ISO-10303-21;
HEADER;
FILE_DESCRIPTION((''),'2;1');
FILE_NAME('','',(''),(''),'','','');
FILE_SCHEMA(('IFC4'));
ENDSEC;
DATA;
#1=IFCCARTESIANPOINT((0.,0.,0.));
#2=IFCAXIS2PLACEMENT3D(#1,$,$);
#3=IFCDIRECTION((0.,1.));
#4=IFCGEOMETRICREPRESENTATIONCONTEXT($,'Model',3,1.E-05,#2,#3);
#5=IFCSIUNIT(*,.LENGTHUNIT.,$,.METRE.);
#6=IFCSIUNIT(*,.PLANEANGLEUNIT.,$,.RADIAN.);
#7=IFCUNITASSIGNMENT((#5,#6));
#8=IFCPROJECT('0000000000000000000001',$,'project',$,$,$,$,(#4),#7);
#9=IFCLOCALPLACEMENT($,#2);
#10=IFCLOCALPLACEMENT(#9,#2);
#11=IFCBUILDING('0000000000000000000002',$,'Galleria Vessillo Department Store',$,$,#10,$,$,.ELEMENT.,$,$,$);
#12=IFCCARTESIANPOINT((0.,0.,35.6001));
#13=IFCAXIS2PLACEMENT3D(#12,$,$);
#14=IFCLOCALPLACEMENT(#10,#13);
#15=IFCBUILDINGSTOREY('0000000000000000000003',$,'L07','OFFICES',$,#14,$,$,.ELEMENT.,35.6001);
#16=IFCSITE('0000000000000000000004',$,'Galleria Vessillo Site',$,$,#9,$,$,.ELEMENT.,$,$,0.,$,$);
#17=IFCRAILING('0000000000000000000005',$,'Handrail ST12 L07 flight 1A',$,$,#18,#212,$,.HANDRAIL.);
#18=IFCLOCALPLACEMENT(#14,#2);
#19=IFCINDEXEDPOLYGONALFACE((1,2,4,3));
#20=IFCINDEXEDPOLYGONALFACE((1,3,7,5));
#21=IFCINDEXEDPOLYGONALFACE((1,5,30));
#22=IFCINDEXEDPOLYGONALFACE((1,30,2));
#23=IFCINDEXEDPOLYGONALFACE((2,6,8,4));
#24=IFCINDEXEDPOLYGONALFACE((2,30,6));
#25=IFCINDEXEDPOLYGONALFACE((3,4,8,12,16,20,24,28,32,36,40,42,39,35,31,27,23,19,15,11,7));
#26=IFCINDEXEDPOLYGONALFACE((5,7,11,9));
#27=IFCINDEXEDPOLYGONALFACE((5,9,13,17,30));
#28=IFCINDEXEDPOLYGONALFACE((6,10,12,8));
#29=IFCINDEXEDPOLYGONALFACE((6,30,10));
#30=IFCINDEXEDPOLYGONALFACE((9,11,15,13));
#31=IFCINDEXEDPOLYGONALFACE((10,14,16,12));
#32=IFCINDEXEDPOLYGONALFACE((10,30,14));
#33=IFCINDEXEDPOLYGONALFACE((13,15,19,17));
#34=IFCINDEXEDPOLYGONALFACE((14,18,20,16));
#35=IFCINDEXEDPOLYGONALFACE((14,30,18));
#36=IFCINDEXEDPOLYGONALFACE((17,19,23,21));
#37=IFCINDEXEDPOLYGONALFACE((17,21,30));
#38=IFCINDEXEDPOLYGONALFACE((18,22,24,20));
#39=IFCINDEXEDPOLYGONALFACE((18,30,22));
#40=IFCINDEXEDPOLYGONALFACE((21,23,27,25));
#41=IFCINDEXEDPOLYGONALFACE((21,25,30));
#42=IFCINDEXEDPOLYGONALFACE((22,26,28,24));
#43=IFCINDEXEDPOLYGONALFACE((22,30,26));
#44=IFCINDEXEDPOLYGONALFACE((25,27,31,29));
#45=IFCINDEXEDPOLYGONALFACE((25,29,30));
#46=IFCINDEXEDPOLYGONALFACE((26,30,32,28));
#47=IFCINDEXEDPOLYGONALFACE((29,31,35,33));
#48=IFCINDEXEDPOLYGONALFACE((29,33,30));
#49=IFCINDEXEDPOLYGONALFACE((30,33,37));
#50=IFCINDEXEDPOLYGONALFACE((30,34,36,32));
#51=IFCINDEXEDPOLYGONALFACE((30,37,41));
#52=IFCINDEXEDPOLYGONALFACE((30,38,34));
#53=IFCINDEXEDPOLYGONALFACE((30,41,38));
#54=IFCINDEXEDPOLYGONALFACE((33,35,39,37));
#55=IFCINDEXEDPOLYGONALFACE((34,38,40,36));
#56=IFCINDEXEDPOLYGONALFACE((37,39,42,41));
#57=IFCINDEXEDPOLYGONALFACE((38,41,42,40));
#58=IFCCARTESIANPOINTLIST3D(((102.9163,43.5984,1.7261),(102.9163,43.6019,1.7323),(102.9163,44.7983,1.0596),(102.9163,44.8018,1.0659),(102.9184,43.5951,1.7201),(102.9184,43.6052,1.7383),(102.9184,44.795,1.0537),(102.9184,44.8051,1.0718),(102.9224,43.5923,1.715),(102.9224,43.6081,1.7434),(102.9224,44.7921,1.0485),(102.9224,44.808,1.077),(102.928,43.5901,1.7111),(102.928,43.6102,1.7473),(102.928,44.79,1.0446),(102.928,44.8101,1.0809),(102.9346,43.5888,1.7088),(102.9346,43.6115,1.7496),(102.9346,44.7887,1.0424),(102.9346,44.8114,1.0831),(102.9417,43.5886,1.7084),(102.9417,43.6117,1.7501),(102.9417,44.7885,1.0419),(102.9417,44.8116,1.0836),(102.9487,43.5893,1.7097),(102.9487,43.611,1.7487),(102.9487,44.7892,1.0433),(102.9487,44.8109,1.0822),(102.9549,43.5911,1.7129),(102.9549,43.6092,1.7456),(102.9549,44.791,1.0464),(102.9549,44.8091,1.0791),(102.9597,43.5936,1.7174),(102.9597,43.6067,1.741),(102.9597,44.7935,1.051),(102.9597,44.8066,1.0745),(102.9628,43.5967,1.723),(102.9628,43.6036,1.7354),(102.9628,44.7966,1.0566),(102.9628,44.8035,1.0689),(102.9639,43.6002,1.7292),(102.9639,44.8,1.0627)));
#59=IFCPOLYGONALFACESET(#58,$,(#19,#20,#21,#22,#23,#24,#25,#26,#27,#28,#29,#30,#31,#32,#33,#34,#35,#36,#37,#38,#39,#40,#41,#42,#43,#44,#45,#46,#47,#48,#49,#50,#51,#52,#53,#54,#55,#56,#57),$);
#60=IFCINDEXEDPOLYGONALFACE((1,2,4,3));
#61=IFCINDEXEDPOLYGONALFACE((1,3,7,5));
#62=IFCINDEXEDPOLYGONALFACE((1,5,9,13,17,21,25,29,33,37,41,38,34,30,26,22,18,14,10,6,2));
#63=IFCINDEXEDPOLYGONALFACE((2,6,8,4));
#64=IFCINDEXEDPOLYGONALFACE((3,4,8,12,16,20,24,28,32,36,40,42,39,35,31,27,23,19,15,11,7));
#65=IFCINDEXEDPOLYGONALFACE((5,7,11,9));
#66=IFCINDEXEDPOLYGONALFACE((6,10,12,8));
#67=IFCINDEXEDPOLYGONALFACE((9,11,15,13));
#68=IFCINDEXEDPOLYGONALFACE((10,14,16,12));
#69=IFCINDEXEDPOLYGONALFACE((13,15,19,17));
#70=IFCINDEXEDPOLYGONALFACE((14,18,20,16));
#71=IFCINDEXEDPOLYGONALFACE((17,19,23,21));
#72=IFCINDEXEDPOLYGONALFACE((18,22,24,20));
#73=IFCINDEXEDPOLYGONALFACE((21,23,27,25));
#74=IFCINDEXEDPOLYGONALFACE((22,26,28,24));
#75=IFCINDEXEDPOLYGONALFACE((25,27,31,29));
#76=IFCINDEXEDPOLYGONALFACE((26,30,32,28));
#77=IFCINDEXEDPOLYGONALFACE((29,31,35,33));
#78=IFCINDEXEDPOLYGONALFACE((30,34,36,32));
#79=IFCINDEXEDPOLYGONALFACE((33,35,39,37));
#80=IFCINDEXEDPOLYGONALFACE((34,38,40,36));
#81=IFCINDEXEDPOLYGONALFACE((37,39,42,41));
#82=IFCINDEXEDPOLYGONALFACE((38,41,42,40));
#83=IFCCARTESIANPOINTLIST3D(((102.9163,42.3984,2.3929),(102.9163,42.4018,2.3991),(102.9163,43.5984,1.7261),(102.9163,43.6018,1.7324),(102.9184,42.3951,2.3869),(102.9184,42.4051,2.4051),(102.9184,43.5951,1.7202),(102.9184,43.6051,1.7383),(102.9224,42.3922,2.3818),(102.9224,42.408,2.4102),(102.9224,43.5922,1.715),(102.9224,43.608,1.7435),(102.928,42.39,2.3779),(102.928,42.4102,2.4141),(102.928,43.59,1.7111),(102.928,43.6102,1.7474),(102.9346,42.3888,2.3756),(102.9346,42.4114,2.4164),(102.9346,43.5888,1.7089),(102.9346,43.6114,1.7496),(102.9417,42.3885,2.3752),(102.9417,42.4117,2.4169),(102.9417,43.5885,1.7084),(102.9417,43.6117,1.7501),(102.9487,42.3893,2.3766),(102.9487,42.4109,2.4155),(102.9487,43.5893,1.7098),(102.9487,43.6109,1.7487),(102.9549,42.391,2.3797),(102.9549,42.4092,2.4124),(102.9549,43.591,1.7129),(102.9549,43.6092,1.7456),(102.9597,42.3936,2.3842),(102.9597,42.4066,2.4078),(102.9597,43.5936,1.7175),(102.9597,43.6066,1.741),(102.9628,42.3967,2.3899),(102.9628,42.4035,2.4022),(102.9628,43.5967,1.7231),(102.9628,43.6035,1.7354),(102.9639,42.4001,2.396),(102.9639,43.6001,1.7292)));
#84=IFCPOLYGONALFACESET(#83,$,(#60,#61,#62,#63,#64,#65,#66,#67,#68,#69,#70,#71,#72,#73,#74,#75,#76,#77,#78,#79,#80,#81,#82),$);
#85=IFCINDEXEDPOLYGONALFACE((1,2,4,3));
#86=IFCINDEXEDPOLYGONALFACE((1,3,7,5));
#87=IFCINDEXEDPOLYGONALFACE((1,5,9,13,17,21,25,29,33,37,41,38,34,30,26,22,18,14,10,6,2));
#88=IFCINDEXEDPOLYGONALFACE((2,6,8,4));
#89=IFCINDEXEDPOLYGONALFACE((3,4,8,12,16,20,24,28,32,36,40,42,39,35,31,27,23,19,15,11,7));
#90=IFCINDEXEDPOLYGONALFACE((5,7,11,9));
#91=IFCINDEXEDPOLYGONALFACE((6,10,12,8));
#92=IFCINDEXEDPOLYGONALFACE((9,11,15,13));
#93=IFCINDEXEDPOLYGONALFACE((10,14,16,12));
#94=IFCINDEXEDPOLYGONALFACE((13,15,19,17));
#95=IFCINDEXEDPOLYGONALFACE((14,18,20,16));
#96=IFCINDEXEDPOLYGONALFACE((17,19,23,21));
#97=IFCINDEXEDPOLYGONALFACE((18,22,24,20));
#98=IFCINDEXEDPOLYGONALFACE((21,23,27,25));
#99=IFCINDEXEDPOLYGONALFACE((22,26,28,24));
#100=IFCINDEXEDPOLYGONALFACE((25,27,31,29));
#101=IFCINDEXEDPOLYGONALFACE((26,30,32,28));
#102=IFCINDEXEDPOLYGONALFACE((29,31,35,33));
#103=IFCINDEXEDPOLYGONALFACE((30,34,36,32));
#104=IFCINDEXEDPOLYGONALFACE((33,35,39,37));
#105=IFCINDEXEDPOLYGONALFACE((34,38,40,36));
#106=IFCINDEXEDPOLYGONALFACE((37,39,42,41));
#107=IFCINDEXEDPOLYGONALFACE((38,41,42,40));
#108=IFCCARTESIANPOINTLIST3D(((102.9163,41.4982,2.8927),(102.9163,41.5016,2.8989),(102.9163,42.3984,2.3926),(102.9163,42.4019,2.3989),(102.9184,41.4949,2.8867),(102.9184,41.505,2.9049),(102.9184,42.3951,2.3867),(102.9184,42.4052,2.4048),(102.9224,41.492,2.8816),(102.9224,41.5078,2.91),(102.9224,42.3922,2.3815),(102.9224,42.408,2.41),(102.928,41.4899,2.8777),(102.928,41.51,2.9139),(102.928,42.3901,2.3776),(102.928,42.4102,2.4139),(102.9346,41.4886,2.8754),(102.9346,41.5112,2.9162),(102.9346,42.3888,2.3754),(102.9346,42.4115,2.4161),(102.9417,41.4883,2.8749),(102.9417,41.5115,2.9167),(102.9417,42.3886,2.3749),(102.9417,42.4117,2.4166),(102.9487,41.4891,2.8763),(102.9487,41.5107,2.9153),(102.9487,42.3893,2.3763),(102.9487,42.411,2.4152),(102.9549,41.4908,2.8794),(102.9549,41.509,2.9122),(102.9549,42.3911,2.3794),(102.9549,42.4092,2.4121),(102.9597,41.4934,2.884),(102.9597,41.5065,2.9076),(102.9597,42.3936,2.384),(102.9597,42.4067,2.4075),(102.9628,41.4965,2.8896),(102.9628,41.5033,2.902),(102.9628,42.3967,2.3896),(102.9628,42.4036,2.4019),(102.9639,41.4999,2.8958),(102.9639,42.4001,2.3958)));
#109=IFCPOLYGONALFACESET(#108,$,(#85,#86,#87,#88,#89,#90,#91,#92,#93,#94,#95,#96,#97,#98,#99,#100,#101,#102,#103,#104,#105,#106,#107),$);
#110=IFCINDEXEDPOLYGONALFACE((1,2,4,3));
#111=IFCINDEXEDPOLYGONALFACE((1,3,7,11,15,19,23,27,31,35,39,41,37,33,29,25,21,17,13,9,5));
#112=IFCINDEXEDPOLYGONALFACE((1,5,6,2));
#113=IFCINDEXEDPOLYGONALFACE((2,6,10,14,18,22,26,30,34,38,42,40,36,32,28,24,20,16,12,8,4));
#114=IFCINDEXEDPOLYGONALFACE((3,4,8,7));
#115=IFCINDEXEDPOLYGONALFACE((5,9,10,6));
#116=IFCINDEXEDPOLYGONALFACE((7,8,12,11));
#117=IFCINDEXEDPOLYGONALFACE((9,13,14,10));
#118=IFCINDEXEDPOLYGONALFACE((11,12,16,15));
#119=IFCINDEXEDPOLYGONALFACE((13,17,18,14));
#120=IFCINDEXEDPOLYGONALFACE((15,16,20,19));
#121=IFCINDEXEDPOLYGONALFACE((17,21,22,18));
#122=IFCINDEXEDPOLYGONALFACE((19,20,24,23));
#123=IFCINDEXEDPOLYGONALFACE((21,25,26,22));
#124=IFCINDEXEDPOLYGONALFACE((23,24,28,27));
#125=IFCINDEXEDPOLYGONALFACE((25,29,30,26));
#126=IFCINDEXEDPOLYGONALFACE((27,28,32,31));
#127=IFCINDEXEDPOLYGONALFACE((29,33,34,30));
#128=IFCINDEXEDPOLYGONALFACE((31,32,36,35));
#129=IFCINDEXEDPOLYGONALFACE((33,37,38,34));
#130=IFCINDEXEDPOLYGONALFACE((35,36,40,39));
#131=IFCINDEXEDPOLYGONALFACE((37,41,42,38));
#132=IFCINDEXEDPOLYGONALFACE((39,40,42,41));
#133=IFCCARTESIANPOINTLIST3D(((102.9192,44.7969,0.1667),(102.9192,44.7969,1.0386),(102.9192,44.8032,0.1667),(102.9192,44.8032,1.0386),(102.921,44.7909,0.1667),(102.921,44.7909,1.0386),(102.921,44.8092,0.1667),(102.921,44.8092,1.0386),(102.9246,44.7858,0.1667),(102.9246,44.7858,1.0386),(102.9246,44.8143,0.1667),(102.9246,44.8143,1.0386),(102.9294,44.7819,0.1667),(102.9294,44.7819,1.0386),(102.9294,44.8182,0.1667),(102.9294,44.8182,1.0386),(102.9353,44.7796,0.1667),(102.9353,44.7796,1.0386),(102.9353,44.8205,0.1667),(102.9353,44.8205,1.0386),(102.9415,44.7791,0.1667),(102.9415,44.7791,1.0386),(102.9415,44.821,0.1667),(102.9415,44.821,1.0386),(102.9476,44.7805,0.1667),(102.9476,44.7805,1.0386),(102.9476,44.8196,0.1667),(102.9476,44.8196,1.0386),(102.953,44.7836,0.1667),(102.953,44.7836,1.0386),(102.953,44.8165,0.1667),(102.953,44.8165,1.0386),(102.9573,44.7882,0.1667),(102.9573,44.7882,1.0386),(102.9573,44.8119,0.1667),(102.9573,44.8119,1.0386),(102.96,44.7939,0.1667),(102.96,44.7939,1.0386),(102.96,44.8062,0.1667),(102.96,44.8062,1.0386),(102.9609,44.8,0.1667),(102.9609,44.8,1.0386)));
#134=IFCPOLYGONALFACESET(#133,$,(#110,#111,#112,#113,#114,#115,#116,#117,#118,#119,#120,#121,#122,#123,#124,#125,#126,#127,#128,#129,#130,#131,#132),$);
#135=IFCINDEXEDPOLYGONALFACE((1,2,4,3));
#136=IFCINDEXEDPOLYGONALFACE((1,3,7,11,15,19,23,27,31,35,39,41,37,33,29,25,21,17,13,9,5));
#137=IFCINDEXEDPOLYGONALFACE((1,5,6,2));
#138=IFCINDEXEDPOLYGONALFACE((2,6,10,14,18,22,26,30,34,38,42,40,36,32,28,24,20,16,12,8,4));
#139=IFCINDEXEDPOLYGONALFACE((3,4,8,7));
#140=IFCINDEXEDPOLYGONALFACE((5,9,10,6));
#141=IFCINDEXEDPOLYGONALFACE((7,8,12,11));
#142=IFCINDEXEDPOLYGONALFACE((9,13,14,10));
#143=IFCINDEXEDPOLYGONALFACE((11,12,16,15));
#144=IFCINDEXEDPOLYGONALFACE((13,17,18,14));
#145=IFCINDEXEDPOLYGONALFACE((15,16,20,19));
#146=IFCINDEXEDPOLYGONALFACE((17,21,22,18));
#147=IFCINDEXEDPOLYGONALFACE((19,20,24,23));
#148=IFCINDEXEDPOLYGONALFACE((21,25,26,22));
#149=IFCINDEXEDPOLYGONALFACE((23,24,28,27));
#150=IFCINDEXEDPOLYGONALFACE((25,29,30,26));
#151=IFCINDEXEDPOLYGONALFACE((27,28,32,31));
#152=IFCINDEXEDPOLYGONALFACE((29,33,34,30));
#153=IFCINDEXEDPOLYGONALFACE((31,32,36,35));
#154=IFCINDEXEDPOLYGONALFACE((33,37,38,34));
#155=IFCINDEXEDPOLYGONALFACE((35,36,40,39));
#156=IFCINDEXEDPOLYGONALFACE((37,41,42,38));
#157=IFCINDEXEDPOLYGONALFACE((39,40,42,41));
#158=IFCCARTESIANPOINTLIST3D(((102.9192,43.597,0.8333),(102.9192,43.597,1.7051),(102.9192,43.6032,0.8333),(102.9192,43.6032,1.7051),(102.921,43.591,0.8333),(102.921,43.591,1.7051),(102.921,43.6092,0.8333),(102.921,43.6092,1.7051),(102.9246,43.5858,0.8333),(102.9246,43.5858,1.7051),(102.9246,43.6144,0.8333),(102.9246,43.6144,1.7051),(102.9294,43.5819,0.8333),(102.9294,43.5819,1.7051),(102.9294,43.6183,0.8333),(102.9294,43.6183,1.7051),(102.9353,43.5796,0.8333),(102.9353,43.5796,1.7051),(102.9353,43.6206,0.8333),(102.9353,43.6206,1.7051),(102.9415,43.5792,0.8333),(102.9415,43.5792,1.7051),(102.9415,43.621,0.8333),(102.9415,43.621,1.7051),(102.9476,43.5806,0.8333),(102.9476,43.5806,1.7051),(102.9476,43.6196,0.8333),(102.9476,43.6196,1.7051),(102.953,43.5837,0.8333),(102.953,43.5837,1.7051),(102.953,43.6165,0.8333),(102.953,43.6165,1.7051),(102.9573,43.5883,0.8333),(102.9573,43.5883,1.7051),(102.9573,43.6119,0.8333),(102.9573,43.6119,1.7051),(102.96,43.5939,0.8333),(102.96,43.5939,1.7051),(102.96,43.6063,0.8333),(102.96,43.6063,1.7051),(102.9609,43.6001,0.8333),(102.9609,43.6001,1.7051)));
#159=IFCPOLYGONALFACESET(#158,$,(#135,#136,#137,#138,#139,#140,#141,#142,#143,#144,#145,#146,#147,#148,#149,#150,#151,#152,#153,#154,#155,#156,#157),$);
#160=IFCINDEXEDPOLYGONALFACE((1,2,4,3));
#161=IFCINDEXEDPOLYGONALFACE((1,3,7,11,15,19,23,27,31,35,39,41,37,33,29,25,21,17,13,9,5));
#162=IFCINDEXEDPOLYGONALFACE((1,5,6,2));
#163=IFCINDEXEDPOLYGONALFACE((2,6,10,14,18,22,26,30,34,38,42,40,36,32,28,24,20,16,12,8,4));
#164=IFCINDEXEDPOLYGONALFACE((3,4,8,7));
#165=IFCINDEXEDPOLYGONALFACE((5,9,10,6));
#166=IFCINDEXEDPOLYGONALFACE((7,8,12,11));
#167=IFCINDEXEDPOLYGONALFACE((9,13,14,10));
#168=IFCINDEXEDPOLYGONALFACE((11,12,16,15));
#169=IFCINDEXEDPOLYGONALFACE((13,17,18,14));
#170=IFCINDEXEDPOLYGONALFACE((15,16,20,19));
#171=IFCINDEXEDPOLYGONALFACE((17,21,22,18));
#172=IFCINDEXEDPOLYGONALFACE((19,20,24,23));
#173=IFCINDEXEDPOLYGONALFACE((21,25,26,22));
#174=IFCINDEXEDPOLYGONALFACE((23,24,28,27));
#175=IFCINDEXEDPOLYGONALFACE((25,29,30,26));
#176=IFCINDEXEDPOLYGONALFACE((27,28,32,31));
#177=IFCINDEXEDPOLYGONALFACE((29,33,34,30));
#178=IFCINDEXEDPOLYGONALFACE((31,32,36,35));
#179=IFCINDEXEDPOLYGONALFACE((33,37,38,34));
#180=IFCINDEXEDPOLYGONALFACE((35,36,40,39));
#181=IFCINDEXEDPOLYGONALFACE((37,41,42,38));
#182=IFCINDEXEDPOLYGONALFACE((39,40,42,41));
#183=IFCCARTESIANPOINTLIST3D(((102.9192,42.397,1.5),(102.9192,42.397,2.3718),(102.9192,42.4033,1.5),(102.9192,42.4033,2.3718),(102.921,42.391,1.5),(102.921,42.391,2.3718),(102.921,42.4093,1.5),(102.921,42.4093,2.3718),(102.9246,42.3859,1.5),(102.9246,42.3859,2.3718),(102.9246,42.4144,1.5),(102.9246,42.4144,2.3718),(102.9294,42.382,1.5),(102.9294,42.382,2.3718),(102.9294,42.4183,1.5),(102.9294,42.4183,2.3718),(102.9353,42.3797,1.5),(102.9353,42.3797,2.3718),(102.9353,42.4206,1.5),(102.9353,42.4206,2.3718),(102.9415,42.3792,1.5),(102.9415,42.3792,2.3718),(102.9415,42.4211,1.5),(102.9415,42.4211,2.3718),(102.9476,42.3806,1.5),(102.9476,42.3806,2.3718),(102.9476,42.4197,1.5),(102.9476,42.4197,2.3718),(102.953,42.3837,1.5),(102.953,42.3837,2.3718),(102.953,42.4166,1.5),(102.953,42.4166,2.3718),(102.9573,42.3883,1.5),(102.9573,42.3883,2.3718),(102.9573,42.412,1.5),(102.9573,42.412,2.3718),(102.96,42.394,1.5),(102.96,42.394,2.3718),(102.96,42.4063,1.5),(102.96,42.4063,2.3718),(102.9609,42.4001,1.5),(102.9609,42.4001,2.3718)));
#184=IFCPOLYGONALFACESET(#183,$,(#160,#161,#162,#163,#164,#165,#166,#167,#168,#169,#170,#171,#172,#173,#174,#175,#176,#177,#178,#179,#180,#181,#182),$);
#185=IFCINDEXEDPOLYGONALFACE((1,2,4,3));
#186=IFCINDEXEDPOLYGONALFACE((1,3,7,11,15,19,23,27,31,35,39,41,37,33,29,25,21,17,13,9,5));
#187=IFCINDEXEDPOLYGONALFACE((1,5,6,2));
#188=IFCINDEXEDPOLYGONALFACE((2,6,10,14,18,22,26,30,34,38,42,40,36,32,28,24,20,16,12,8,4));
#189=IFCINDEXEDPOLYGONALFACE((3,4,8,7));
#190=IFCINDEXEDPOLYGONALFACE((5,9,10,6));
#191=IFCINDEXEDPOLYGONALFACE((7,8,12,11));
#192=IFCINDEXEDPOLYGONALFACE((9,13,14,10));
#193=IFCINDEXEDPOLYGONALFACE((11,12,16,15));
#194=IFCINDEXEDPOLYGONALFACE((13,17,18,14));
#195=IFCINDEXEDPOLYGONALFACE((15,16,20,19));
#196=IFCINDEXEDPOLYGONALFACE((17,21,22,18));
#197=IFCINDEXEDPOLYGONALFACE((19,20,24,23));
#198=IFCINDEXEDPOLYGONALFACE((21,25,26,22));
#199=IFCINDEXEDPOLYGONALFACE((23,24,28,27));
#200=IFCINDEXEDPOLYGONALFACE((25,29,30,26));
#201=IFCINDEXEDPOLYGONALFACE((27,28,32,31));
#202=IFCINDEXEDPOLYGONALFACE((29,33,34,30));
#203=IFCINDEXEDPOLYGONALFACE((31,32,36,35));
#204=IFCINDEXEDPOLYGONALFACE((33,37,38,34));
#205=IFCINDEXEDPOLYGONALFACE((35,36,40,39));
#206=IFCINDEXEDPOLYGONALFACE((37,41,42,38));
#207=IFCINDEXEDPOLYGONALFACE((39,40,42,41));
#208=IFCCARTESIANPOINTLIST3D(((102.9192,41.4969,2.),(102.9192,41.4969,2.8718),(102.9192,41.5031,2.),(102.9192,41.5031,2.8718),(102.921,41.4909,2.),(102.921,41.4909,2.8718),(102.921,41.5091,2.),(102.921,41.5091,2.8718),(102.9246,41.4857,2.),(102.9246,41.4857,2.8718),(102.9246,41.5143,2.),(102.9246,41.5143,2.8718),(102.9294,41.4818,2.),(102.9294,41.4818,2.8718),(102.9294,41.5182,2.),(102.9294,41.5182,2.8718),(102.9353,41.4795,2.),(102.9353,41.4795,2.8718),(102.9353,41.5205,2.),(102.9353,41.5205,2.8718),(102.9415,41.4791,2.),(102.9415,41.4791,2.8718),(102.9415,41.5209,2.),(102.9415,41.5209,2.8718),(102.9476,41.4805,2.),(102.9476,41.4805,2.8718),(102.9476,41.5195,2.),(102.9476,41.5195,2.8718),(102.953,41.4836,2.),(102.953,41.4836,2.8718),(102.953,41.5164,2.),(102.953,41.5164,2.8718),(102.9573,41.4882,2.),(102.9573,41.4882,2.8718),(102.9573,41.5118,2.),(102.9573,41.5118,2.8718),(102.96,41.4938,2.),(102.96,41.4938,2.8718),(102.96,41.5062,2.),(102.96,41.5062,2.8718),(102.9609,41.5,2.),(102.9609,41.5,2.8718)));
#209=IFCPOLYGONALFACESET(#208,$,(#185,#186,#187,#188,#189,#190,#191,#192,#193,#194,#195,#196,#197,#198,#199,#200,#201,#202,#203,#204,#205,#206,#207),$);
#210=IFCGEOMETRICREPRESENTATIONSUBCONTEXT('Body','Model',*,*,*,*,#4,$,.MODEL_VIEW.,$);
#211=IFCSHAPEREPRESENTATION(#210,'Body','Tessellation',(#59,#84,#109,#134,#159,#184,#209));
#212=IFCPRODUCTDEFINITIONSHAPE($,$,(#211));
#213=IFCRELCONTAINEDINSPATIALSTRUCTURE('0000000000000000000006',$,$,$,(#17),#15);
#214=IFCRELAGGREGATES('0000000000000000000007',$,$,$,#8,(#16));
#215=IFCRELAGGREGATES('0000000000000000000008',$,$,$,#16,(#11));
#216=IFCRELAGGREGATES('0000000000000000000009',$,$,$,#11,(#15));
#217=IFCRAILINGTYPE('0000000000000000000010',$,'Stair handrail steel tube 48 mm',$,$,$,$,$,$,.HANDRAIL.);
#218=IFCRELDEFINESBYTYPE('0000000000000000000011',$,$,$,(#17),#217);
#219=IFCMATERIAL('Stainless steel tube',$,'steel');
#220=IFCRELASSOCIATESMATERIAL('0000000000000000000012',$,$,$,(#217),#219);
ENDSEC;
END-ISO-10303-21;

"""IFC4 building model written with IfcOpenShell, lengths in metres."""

from ifc_helpers import new_model, si_unit, direction, frame, origin, origin_2d, place, context, subcontext, project, spatial, circle, extrude, material, type_object, element, save


model = new_model("IFC4")

# Units and contexts
model_context = context("Model", 3, precision=1e-05, world=origin(), true_north=direction((0.0, 1.0)))
body_context = subcontext(model_context, "Body", "Model", "MODEL_VIEW")
ifc_project = project(units=[si_unit("LENGTHUNIT", "METRE"), si_unit("PLANEANGLEUNIT", "RADIAN")], contexts=[model_context])

# Site, building, storey
site_placement = place(None, origin())
site = spatial("IfcSite", under=ifc_project, at=site_placement, Name="Galleria Vessillo Site", CompositionType="ELEMENT", RefElevation=0.0)
building_placement = place(site_placement, origin())
building = spatial("IfcBuilding", under=site, at=building_placement, Name="Galleria Vessillo Department Store", CompositionType="ELEMENT")
storey_placement = place(building_placement, frame((0.0, 0.0, 35.6001)))
storey = spatial("IfcBuildingStorey", under=building, at=storey_placement, Name="L07", Description="OFFICES", CompositionType="ELEMENT", Elevation=35.6001)

# Railing
ifc_material_1 = material(Name="Stainless steel tube", Category="steel")
railing_type = type_object("IfcRailingType", Name="Stair handrail steel tube 48 mm", PredefinedType="HANDRAIL", material=ifc_material_1)
for number, where, name in (
    (1, (102.9399, 44.8, 0.1667), "Handrail ST12 L07 flight 1A"),
):
    element("IfcRailing", number, at=place(storey_placement, frame(where)), inside=storey, type_object=railing_type, Name=name, PredefinedType="HANDRAIL", context=body_context, shape_type="SweptSolid", body=[
        extrude(circle(Radius=0.0239, at=origin_2d()), frame((0.0, 0.0, 0.896), z_axis=(0.0, -0.874199, 0.485567), x_axis=(1.0, 0.0, 0.0)), (0.0, 0.0, 1.0), 1.3726),
        extrude(circle(Radius=0.0239, at=origin_2d()), frame((0.0, -1.2, 1.5625), z_axis=(0.0, -0.874124, 0.485703), x_axis=(1.0, 0.0, 0.0)), (0.0, 0.0, 1.0), 1.3728),
        extrude(circle(Radius=0.0239, at=origin_2d()), frame((0.0, -2.3999, 2.229), z_axis=(0.0, -0.874191, 0.485583), x_axis=(1.0, 0.0, 0.0)), (0.0, 0.0, 1.0), 1.0298),
        extrude(circle(Radius=0.021, at=origin_2d()), origin(), (0.0, 0.0, 1.0), 0.8718),
        extrude(circle(Radius=0.021, at=origin_2d()), frame((0.0, -1.2, 0.6665)), (0.0, 0.0, 1.0), 0.8718),
        extrude(circle(Radius=0.021, at=origin_2d()), frame((0.0, -2.3999, 1.3333)), (0.0, 0.0, 1.0), 0.8718),
        extrude(circle(Radius=0.021, at=origin_2d()), frame((0.0, -3.3, 1.8333)), (0.0, 0.0, 1.0), 0.8718),
    ])

save(model, "model.ifc")
